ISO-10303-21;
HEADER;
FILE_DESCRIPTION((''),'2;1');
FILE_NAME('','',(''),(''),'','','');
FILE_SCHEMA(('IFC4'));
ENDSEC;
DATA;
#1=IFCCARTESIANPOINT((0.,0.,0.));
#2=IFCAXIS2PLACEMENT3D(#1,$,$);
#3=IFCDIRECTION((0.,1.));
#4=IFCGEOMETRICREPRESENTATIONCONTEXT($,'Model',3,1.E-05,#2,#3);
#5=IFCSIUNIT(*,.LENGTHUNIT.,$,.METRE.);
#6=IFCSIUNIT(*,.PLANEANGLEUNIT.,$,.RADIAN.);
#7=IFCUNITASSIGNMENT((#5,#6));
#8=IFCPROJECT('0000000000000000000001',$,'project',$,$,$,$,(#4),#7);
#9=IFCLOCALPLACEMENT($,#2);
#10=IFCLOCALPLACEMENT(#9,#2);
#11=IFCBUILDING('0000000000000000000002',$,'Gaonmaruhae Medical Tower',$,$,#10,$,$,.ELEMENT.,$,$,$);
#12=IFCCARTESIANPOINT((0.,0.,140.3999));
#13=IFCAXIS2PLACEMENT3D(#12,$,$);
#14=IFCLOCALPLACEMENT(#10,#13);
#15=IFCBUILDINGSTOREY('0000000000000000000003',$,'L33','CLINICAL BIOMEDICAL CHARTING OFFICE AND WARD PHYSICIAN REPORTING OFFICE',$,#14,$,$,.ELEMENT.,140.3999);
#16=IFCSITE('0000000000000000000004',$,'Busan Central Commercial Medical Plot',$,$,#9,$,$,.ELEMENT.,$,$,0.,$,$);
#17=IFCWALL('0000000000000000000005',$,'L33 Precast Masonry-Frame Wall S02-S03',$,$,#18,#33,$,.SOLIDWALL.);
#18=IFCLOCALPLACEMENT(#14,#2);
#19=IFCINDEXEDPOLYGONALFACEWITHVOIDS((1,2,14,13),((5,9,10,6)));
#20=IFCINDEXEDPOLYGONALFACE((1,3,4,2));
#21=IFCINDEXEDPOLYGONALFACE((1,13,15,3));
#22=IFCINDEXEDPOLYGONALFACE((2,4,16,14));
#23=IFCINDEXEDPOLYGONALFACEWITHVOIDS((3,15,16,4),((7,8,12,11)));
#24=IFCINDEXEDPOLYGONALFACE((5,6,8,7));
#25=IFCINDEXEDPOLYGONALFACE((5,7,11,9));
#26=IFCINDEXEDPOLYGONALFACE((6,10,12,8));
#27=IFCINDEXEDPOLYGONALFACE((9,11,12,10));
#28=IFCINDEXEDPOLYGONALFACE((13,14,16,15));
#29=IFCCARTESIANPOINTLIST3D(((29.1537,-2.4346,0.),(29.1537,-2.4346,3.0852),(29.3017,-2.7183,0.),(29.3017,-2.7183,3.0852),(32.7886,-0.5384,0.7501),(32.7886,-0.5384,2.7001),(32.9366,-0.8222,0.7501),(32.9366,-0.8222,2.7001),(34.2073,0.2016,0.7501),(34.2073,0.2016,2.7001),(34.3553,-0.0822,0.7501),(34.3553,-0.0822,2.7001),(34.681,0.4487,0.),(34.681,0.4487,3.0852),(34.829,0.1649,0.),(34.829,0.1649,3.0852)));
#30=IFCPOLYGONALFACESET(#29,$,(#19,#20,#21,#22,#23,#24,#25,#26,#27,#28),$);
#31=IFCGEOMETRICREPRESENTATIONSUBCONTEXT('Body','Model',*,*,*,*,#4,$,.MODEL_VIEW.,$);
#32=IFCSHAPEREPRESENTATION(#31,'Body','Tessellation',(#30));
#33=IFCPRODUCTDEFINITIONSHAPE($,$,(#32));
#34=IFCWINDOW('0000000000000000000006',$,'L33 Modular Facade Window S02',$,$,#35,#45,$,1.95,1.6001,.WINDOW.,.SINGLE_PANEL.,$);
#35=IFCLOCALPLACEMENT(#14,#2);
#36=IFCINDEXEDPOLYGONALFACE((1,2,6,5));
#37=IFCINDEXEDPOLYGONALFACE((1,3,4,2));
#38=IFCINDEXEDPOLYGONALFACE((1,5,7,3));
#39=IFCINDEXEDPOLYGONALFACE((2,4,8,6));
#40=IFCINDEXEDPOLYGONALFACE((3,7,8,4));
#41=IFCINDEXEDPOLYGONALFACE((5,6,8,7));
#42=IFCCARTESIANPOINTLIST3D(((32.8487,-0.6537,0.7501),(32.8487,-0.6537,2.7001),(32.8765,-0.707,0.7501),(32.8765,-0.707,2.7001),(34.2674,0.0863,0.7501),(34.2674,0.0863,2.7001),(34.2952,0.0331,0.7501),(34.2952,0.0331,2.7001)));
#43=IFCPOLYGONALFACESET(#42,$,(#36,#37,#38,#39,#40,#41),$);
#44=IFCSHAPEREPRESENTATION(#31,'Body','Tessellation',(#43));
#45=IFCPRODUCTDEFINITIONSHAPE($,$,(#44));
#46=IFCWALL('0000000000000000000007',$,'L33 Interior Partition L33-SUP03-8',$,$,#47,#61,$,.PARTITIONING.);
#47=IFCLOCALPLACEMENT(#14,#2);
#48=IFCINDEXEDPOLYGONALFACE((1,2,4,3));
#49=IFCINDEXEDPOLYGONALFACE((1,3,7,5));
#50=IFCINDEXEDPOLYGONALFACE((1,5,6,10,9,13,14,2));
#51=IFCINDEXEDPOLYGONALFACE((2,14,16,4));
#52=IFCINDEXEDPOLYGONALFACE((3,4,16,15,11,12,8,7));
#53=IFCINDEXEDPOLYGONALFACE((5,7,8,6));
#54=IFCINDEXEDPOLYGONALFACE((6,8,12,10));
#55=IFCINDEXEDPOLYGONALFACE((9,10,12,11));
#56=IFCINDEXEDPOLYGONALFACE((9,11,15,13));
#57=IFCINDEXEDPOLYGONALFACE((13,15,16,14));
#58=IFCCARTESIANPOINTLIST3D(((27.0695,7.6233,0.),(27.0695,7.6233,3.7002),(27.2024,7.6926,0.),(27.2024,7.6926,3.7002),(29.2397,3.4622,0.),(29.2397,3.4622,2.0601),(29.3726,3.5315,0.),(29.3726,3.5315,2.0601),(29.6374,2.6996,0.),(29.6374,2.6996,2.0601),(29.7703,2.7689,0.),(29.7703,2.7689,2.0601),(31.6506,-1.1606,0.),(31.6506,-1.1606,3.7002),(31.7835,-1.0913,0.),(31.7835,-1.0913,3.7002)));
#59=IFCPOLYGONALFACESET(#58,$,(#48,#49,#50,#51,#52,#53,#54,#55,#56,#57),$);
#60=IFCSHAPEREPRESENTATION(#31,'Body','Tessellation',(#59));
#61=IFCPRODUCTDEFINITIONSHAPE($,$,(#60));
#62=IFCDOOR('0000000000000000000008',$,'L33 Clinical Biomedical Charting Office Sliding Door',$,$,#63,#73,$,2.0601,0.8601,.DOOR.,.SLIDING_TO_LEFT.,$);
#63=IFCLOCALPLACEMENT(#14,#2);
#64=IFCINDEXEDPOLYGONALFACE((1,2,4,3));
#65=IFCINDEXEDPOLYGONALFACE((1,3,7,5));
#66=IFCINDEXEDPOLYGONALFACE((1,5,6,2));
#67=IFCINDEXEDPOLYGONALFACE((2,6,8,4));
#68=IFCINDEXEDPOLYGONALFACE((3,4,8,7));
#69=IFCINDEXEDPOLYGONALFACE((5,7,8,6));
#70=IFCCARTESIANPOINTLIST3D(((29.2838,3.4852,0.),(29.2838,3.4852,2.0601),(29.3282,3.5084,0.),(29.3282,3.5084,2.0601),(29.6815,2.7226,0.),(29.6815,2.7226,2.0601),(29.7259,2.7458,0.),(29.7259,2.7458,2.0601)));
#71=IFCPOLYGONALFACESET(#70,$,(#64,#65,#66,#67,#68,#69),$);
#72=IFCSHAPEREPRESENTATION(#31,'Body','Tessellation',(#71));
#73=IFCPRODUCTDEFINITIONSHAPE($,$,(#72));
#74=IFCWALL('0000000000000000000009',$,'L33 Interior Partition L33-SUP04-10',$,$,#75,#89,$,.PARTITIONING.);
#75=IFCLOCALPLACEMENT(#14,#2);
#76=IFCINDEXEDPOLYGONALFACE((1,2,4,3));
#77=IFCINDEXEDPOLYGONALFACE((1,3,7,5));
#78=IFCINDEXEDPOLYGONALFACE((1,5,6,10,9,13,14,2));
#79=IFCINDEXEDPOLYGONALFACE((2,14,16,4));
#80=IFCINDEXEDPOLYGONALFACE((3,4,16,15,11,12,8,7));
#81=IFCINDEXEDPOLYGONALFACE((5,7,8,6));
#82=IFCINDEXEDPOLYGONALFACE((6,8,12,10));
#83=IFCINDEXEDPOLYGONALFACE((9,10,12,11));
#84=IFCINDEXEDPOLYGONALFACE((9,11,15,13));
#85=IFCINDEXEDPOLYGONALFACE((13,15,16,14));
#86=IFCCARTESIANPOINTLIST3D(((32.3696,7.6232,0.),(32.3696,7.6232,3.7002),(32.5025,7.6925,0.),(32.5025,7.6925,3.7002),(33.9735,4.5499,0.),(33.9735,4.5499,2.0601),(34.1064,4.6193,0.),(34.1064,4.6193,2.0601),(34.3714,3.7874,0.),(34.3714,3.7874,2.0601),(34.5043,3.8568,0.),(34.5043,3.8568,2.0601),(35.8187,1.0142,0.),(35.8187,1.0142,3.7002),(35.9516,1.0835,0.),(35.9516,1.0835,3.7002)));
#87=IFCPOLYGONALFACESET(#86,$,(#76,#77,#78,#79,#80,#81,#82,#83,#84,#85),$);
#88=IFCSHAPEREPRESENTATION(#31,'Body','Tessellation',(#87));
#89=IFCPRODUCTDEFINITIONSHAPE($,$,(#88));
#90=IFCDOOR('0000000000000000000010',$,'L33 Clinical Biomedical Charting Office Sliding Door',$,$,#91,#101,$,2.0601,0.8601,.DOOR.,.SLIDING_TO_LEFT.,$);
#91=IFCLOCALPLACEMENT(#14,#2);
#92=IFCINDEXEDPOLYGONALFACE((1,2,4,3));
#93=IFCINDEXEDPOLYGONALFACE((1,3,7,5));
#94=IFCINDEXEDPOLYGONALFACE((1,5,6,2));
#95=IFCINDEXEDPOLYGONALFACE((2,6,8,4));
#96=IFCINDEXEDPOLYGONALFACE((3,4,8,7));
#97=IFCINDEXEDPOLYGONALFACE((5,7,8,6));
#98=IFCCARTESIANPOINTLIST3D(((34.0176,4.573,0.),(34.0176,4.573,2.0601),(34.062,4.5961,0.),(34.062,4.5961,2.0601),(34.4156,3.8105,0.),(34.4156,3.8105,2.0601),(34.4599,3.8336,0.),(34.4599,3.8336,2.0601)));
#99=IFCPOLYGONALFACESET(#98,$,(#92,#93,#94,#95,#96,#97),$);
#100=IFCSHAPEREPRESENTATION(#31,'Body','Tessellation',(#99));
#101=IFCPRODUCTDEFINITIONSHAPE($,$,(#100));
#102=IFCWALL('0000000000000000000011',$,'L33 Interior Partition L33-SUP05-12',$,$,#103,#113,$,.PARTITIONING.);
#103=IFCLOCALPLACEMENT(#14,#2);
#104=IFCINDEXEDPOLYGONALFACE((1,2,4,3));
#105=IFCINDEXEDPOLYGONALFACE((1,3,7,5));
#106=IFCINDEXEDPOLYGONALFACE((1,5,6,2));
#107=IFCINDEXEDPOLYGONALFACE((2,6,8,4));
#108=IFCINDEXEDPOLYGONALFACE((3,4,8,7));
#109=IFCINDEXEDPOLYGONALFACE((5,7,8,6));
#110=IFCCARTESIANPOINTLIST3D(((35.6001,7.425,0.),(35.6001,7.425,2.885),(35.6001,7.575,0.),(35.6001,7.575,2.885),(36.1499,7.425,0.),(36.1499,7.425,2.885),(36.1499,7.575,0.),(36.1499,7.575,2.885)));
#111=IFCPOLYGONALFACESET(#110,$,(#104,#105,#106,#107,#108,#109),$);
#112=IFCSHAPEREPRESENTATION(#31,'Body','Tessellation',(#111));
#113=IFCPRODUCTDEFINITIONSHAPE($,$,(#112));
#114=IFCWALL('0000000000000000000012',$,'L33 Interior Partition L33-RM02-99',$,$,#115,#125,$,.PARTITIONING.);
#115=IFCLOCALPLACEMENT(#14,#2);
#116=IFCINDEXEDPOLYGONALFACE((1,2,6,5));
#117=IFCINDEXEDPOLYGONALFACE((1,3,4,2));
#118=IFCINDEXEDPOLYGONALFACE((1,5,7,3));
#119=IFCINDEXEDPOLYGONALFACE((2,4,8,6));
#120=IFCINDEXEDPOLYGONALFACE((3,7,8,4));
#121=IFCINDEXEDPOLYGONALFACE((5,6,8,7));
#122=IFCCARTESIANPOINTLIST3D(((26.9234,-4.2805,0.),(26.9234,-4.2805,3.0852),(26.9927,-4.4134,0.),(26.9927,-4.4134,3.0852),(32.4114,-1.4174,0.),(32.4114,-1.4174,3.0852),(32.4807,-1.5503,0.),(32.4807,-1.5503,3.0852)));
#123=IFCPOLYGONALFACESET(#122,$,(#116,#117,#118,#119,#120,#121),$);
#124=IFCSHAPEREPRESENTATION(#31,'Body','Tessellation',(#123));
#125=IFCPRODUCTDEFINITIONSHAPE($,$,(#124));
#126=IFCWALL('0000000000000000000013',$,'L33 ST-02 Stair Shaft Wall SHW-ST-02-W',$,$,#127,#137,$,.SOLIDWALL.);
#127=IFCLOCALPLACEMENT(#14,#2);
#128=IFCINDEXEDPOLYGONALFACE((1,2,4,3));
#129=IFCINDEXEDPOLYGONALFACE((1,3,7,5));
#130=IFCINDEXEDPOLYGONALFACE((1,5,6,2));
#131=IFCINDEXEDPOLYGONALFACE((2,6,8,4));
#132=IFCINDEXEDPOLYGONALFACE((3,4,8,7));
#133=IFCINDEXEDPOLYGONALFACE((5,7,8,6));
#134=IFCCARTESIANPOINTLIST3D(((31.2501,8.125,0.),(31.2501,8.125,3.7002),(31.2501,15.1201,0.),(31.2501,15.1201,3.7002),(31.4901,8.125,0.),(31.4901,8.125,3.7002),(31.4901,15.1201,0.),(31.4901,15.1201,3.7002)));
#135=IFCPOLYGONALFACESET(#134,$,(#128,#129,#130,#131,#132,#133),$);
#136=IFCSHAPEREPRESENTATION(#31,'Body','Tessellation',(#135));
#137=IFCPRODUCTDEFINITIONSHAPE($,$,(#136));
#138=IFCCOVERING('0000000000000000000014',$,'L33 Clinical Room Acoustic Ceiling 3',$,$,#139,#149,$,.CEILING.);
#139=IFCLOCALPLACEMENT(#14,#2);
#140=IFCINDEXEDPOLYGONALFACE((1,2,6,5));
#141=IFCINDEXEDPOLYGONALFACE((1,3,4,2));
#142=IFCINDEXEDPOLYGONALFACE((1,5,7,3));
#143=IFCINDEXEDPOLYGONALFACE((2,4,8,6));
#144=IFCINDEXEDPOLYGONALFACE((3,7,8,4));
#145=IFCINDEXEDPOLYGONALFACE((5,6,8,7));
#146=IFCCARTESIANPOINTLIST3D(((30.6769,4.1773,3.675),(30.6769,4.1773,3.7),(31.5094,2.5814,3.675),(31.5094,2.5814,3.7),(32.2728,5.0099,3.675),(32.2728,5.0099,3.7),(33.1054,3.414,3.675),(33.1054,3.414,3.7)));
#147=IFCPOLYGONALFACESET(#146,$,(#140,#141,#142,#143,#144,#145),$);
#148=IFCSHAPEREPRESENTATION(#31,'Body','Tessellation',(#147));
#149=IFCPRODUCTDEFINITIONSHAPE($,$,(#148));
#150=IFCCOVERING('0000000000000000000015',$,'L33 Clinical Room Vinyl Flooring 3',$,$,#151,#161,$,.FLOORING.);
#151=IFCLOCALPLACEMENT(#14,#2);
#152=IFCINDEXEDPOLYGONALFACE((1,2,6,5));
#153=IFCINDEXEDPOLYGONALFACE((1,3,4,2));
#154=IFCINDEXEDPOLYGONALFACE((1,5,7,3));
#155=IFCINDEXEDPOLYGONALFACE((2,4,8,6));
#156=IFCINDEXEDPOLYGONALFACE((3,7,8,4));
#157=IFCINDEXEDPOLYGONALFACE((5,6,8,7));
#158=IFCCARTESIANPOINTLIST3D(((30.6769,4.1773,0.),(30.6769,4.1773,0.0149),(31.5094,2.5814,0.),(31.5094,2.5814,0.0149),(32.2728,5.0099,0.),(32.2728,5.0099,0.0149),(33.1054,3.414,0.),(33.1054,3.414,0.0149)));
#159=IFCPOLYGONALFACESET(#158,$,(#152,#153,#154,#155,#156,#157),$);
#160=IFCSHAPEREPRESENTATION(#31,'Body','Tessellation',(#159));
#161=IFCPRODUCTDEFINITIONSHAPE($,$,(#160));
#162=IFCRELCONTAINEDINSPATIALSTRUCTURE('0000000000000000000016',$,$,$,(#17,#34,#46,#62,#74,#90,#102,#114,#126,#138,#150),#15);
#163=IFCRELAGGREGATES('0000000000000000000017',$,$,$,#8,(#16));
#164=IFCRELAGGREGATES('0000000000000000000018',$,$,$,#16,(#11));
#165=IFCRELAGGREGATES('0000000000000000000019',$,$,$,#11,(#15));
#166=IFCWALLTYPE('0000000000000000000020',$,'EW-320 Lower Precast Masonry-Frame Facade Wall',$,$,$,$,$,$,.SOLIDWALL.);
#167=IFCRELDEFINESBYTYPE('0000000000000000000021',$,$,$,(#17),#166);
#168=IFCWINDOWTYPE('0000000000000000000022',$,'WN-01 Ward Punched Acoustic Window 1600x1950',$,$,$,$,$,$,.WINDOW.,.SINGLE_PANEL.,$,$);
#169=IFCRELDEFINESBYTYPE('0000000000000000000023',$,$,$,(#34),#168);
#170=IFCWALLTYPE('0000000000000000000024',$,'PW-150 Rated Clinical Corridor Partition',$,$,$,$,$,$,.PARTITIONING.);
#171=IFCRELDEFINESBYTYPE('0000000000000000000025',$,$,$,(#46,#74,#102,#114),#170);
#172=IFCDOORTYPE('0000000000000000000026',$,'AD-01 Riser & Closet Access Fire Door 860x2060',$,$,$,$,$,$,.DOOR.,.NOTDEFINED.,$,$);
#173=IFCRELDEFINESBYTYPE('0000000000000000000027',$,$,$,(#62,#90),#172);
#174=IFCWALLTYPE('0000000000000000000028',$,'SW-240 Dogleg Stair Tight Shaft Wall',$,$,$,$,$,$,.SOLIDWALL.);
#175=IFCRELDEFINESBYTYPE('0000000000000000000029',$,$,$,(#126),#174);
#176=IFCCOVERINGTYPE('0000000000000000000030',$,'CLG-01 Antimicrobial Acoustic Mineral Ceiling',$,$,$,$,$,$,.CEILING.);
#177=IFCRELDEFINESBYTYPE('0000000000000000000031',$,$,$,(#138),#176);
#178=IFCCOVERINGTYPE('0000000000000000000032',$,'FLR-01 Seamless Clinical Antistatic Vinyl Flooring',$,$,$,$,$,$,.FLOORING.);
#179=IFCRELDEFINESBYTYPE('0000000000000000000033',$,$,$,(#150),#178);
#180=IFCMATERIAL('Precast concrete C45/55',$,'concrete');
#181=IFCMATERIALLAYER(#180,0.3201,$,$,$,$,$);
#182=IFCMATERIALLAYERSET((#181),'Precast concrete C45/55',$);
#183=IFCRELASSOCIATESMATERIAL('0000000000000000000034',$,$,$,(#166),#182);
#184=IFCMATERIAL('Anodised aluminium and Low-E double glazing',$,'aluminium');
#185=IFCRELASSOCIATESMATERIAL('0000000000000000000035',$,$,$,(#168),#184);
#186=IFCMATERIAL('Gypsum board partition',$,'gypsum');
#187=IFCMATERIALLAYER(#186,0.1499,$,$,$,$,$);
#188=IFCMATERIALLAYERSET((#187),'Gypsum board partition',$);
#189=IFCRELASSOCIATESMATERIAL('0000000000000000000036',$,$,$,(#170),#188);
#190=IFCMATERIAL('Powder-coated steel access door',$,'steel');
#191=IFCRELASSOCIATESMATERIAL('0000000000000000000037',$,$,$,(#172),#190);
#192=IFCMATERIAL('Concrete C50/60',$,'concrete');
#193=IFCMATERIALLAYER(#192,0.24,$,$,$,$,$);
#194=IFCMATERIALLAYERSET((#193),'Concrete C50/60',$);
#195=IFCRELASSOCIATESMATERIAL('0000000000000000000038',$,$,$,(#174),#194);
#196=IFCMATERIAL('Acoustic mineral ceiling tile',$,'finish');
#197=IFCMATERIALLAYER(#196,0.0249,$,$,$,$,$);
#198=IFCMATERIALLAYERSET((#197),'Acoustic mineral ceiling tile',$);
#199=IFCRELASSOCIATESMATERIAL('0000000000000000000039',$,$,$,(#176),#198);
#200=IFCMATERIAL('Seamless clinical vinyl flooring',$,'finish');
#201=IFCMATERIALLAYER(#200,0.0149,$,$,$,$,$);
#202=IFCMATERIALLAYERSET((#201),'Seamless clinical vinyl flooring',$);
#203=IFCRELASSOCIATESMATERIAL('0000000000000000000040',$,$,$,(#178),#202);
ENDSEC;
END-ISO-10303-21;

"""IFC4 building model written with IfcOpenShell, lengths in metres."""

from ifc_helpers import new_model, si_unit, direction, frame, frame_2d, origin, origin_2d, place, context, subcontext, project, spatial, rectangle, extrude, material, layer, layer_set, type_object, element, fill, save


model = new_model("IFC4")

# Units and contexts
model_context = context("Model", 3, precision=1e-05, world=origin(), true_north=direction((0.0, 1.0)))
body_context = subcontext(model_context, "Body", "Model", "MODEL_VIEW")
ifc_project = project(units=[si_unit("LENGTHUNIT", "METRE"), si_unit("PLANEANGLEUNIT", "RADIAN")], contexts=[model_context])

# Site, building, storey
site_placement = place(None, origin())
site = spatial("IfcSite", under=ifc_project, at=site_placement, Name="Busan Central Commercial Medical Plot", CompositionType="ELEMENT", RefElevation=0.0)
building_placement = place(site_placement, origin())
building = spatial("IfcBuilding", under=site, at=building_placement, Name="Gaonmaruhae Medical Tower", CompositionType="ELEMENT")
storey_placement = place(building_placement, frame((0.0, 0.0, 140.3999)))
storey = spatial("IfcBuildingStorey", under=building, at=storey_placement, Name="L33", Description="CLINICAL BIOMEDICAL CHARTING OFFICE AND WARD PHYSICIAN REPORTING OFFICE", CompositionType="ELEMENT", Elevation=140.3999)

# Wall, opening, window
ifc_material_1 = material(Name="Precast concrete C45/55", Category="concrete")
ifc_layer_1 = layer(ifc_material_1, 0.3201)
ifc_layer_set_1 = layer_set([ifc_layer_1], Name="Precast concrete C45/55")
wall_type_1 = type_object("IfcWallType", Name="EW-320 Lower Precast Masonry-Frame Facade Wall", PredefinedType="SOLIDWALL", material=ifc_layer_set_1)
ifc_material_2 = material(Name="Anodised aluminium and Low-E double glazing", Category="aluminium")
wall_1_placement = place(storey_placement, frame((34.7551, 0.3069, 0.0), z_axis=(0.0, 0.0, 1.0), x_axis=(-0.88662, -0.462499, 0.0)))
wall_1 = element("IfcWall", 1, at=wall_1_placement, inside=storey, type_object=wall_type_1, Name="L33 Precast Masonry-Frame Wall S02-S03", PredefinedType="SOLIDWALL", context=body_context, shape_type="SweptSolid", body=[
    extrude(rectangle(XDim=6.2341, YDim=0.3201, at=frame_2d((3.1172, 0.0))), origin(), (0.0, 0.0, 1.0), 3.0852),
])
opening_1_placement = place(wall_1_placement, frame((0.5344, 0.0, 0.75)))
opening_1 = element("IfcOpeningElement", 2, at=opening_1_placement, cuts=wall_1, PredefinedType="OPENING", context=body_context, shape_type="SweptSolid", body=[
    extrude(rectangle(XDim=1.6001, YDim=1.95, at=frame_2d((0.8, 0.9751))), frame((0.0, 0.1699, 0.0), z_axis=(0.0, -1.0, 0.0), x_axis=(1.0, 0.0, 0.0)), (0.0, 0.0, 1.0), 0.3401),
])
window_type_1 = type_object("IfcWindowType", Name="WN-01 Ward Punched Acoustic Window 1600x1950", PartitioningType="SINGLE_PANEL", PredefinedType="WINDOW", material=ifc_material_2)
window_1_placement = place(opening_1_placement, origin())
window_1 = element("IfcWindow", 3, at=window_1_placement, inside=storey, type_object=window_type_1, Name="L33 Modular Facade Window S02", OverallHeight=1.95, OverallWidth=1.6001, PartitioningType="SINGLE_PANEL", PredefinedType="WINDOW", context=body_context, shape_type="SweptSolid", body=[
    extrude(rectangle(XDim=1.6001, YDim=1.95, at=frame_2d((0.8, 0.9751))), frame((0.0, 0.03, 0.0), z_axis=(0.0, -1.0, 0.0), x_axis=(1.0, 0.0, 0.0)), (0.0, 0.0, 1.0), 0.0601),
])
fill(opening_1, window_1)

# Walls, openings, doors
ifc_material_3 = material(Name="Gypsum board partition", Category="gypsum")
ifc_layer_2 = layer(ifc_material_3, 0.1499)
ifc_layer_set_2 = layer_set([ifc_layer_2], Name="Gypsum board partition")
wall_type_2 = type_object("IfcWallType", Name="PW-150 Rated Clinical Corridor Partition", PredefinedType="PARTITIONING", material=ifc_layer_set_2)
wall_2_placement = place(storey_placement, frame((27.136, 7.658, 0.0), z_axis=(0.0, 0.0, 1.0), x_axis=(0.462418, -0.886662, 0.0)))
wall_2 = element("IfcWall", 4, at=wall_2_placement, inside=storey, type_object=wall_type_2, Name="L33 Interior Partition L33-SUP03-8", PredefinedType="PARTITIONING", context=body_context, shape_type="SweptSolid", body=[
    extrude(rectangle(XDim=9.9067, YDim=0.1499, at=frame_2d((4.9534, 0.0))), origin(), (0.0, 0.0, 1.0), 3.7002),
])
opening_2_placement = place(wall_2_placement, frame((4.6929, 0.0, 0.0)))
opening_2 = element("IfcOpeningElement", 5, at=opening_2_placement, cuts=wall_2, PredefinedType="OPENING", context=body_context, shape_type="SweptSolid", body=[
    extrude(rectangle(XDim=0.8601, YDim=2.0601, at=frame_2d((0.4302, 1.03))), frame((0.0, 0.085, 0.0), z_axis=(0.0, -1.0, 0.0), x_axis=(1.0, 0.0, 0.0)), (0.0, 0.0, 1.0), 0.1699),
])
ifc_material_4 = material(Name="Powder-coated steel access door", Category="steel")
door_type = type_object("IfcDoorType", Name="AD-01 Riser & Closet Access Fire Door 860x2060", OperationType="NOTDEFINED", PredefinedType="DOOR", material=ifc_material_4)
door_1_placement = place(opening_2_placement, origin())
door_1 = element("IfcDoor", 6, at=door_1_placement, inside=storey, type_object=door_type, Name="L33 Clinical Biomedical Charting Office Sliding Door", OperationType="SLIDING_TO_LEFT", OverallHeight=2.0601, OverallWidth=0.8601, PredefinedType="DOOR", context=body_context, shape_type="SweptSolid", body=[
    extrude(rectangle(XDim=0.8601, YDim=2.0601, at=frame_2d((0.4302, 1.03))), frame((0.0, 0.0249, 0.0), z_axis=(0.0, -1.0, 0.0), x_axis=(1.0, 0.0, 0.0)), (0.0, 0.0, 1.0), 0.05),
])
fill(opening_2, door_1)
wall_3_placement = place(storey_placement, frame((32.436, 7.658, 0.0), z_axis=(0.0, 0.0, 1.0), x_axis=(0.462657, -0.886538, 0.0)))
wall_3 = element("IfcWall", 7, at=wall_3_placement, inside=storey, type_object=wall_type_2, Name="L33 Interior Partition L33-SUP04-10", PredefinedType="PARTITIONING", context=body_context, shape_type="SweptSolid", body=[
    extrude(rectangle(XDim=7.4548, YDim=0.1499, at=frame_2d((3.7275, 0.0))), origin(), (0.0, 0.0, 1.0), 3.7002),
])
opening_3_placement = place(wall_3_placement, frame((3.4666, 0.0, 0.0)))
opening_3 = element("IfcOpeningElement", 8, at=opening_3_placement, cuts=wall_3, PredefinedType="OPENING", context=body_context, shape_type="SweptSolid", body=[
    extrude(rectangle(XDim=0.8601, YDim=2.0601, at=frame_2d((0.4302, 1.03))), frame((0.0, 0.085, 0.0), z_axis=(0.0, -1.0, 0.0), x_axis=(1.0, 0.0, 0.0)), (0.0, 0.0, 1.0), 0.1699),
])
door_2_placement = place(opening_3_placement, origin())
door_2 = element("IfcDoor", 9, at=door_2_placement, inside=storey, type_object=door_type, Name="L33 Clinical Biomedical Charting Office Sliding Door", OperationType="SLIDING_TO_LEFT", OverallHeight=2.0601, OverallWidth=0.8601, PredefinedType="DOOR", context=body_context, shape_type="SweptSolid", body=[
    extrude(rectangle(XDim=0.8601, YDim=2.0601, at=frame_2d((0.4302, 1.03))), frame((0.0, 0.0249, 0.0), z_axis=(0.0, -1.0, 0.0), x_axis=(1.0, 0.0, 0.0)), (0.0, 0.0, 1.0), 0.05),
])
fill(opening_3, door_2)

# Walls
wall_4_placement = place(storey_placement, frame((35.6001, 7.5, 0.0), z_axis=(0.0, 0.0, 1.0), x_axis=(1.0, 0.0, 0.0)))
element("IfcWall", 10, at=wall_4_placement, inside=storey, type_object=wall_type_2, Name="L33 Interior Partition L33-SUP05-12", PredefinedType="PARTITIONING", context=body_context, shape_type="SweptSolid", body=[
    extrude(rectangle(XDim=0.5498, YDim=0.1499, at=frame_2d((0.2749, 0.0))), origin(), (0.0, 0.0, 1.0), 2.885),
])
wall_5_placement = place(storey_placement, frame((32.446, -1.4839, 0.0), z_axis=(0.0, 0.0, 1.0), x_axis=(-0.886604, -0.46253, 0.0)))
element("IfcWall", 11, at=wall_5_placement, inside=storey, type_object=wall_type_2, Name="L33 Interior Partition L33-RM02-99", PredefinedType="PARTITIONING", context=body_context, shape_type="SweptSolid", body=[
    extrude(rectangle(XDim=6.1899, YDim=0.1499, at=frame_2d((3.095, 0.0))), origin(), (0.0, 0.0, 1.0), 3.0852),
])
ifc_material_5 = material(Name="Concrete C50/60", Category="concrete")
ifc_layer_3 = layer(ifc_material_5, 0.24)
ifc_layer_set_3 = layer_set([ifc_layer_3], Name="Concrete C50/60")
wall_type_3 = type_object("IfcWallType", Name="SW-240 Dogleg Stair Tight Shaft Wall", PredefinedType="SOLIDWALL", material=ifc_layer_set_3)
wall_6_placement = place(storey_placement, frame((31.3701, 8.125, 0.0), z_axis=(0.0, 0.0, 1.0), x_axis=(0.0, 1.0, 0.0)))
element("IfcWall", 12, at=wall_6_placement, inside=storey, type_object=wall_type_3, Name="L33 ST-02 Stair Shaft Wall SHW-ST-02-W", PredefinedType="SOLIDWALL", context=body_context, shape_type="SweptSolid", body=[
    extrude(rectangle(XDim=6.9951, YDim=0.24, at=frame_2d((3.4976, 0.0))), origin(), (0.0, 0.0, 1.0), 3.7002),
])

# Coverings
ifc_material_6 = material(Name="Acoustic mineral ceiling tile", Category="finish")
ifc_layer_4 = layer(ifc_material_6, 0.0249)
ifc_layer_set_4 = layer_set([ifc_layer_4], Name="Acoustic mineral ceiling tile")
covering_type_1 = type_object("IfcCoveringType", Name="CLG-01 Antimicrobial Acoustic Mineral Ceiling", PredefinedType="CEILING", material=ifc_layer_set_4)
covering_1_placement = place(storey_placement, frame((31.8911, 3.7957, 3.675), z_axis=(0.0, 0.0, 1.0), x_axis=(0.886608, 0.462523, 0.0)))
element("IfcCovering", 13, at=covering_1_placement, inside=storey, type_object=covering_type_1, Name="L33 Clinical Room Acoustic Ceiling 3", PredefinedType="CEILING", context=body_context, shape_type="SweptSolid", body=[
    extrude(rectangle(XDim=1.8, YDim=1.8, at=origin_2d()), origin(), (0.0, 0.0, 1.0), 0.0249),
])
ifc_material_7 = material(Name="Seamless clinical vinyl flooring", Category="finish")
ifc_layer_5 = layer(ifc_material_7, 0.0149)
ifc_layer_set_5 = layer_set([ifc_layer_5], Name="Seamless clinical vinyl flooring")
covering_type_2 = type_object("IfcCoveringType", Name="FLR-01 Seamless Clinical Antistatic Vinyl Flooring", PredefinedType="FLOORING", material=ifc_layer_set_5)
covering_2_placement = place(storey_placement, frame((31.8911, 3.7957, 0.0), z_axis=(0.0, 0.0, 1.0), x_axis=(0.886608, 0.462523, 0.0)))
element("IfcCovering", 14, at=covering_2_placement, inside=storey, type_object=covering_type_2, Name="L33 Clinical Room Vinyl Flooring 3", PredefinedType="FLOORING", context=body_context, shape_type="SweptSolid", body=[
    extrude(rectangle(XDim=1.8, YDim=1.8, at=origin_2d()), origin(), (0.0, 0.0, 1.0), 0.0149),
])

save(model, "model.ifc")
